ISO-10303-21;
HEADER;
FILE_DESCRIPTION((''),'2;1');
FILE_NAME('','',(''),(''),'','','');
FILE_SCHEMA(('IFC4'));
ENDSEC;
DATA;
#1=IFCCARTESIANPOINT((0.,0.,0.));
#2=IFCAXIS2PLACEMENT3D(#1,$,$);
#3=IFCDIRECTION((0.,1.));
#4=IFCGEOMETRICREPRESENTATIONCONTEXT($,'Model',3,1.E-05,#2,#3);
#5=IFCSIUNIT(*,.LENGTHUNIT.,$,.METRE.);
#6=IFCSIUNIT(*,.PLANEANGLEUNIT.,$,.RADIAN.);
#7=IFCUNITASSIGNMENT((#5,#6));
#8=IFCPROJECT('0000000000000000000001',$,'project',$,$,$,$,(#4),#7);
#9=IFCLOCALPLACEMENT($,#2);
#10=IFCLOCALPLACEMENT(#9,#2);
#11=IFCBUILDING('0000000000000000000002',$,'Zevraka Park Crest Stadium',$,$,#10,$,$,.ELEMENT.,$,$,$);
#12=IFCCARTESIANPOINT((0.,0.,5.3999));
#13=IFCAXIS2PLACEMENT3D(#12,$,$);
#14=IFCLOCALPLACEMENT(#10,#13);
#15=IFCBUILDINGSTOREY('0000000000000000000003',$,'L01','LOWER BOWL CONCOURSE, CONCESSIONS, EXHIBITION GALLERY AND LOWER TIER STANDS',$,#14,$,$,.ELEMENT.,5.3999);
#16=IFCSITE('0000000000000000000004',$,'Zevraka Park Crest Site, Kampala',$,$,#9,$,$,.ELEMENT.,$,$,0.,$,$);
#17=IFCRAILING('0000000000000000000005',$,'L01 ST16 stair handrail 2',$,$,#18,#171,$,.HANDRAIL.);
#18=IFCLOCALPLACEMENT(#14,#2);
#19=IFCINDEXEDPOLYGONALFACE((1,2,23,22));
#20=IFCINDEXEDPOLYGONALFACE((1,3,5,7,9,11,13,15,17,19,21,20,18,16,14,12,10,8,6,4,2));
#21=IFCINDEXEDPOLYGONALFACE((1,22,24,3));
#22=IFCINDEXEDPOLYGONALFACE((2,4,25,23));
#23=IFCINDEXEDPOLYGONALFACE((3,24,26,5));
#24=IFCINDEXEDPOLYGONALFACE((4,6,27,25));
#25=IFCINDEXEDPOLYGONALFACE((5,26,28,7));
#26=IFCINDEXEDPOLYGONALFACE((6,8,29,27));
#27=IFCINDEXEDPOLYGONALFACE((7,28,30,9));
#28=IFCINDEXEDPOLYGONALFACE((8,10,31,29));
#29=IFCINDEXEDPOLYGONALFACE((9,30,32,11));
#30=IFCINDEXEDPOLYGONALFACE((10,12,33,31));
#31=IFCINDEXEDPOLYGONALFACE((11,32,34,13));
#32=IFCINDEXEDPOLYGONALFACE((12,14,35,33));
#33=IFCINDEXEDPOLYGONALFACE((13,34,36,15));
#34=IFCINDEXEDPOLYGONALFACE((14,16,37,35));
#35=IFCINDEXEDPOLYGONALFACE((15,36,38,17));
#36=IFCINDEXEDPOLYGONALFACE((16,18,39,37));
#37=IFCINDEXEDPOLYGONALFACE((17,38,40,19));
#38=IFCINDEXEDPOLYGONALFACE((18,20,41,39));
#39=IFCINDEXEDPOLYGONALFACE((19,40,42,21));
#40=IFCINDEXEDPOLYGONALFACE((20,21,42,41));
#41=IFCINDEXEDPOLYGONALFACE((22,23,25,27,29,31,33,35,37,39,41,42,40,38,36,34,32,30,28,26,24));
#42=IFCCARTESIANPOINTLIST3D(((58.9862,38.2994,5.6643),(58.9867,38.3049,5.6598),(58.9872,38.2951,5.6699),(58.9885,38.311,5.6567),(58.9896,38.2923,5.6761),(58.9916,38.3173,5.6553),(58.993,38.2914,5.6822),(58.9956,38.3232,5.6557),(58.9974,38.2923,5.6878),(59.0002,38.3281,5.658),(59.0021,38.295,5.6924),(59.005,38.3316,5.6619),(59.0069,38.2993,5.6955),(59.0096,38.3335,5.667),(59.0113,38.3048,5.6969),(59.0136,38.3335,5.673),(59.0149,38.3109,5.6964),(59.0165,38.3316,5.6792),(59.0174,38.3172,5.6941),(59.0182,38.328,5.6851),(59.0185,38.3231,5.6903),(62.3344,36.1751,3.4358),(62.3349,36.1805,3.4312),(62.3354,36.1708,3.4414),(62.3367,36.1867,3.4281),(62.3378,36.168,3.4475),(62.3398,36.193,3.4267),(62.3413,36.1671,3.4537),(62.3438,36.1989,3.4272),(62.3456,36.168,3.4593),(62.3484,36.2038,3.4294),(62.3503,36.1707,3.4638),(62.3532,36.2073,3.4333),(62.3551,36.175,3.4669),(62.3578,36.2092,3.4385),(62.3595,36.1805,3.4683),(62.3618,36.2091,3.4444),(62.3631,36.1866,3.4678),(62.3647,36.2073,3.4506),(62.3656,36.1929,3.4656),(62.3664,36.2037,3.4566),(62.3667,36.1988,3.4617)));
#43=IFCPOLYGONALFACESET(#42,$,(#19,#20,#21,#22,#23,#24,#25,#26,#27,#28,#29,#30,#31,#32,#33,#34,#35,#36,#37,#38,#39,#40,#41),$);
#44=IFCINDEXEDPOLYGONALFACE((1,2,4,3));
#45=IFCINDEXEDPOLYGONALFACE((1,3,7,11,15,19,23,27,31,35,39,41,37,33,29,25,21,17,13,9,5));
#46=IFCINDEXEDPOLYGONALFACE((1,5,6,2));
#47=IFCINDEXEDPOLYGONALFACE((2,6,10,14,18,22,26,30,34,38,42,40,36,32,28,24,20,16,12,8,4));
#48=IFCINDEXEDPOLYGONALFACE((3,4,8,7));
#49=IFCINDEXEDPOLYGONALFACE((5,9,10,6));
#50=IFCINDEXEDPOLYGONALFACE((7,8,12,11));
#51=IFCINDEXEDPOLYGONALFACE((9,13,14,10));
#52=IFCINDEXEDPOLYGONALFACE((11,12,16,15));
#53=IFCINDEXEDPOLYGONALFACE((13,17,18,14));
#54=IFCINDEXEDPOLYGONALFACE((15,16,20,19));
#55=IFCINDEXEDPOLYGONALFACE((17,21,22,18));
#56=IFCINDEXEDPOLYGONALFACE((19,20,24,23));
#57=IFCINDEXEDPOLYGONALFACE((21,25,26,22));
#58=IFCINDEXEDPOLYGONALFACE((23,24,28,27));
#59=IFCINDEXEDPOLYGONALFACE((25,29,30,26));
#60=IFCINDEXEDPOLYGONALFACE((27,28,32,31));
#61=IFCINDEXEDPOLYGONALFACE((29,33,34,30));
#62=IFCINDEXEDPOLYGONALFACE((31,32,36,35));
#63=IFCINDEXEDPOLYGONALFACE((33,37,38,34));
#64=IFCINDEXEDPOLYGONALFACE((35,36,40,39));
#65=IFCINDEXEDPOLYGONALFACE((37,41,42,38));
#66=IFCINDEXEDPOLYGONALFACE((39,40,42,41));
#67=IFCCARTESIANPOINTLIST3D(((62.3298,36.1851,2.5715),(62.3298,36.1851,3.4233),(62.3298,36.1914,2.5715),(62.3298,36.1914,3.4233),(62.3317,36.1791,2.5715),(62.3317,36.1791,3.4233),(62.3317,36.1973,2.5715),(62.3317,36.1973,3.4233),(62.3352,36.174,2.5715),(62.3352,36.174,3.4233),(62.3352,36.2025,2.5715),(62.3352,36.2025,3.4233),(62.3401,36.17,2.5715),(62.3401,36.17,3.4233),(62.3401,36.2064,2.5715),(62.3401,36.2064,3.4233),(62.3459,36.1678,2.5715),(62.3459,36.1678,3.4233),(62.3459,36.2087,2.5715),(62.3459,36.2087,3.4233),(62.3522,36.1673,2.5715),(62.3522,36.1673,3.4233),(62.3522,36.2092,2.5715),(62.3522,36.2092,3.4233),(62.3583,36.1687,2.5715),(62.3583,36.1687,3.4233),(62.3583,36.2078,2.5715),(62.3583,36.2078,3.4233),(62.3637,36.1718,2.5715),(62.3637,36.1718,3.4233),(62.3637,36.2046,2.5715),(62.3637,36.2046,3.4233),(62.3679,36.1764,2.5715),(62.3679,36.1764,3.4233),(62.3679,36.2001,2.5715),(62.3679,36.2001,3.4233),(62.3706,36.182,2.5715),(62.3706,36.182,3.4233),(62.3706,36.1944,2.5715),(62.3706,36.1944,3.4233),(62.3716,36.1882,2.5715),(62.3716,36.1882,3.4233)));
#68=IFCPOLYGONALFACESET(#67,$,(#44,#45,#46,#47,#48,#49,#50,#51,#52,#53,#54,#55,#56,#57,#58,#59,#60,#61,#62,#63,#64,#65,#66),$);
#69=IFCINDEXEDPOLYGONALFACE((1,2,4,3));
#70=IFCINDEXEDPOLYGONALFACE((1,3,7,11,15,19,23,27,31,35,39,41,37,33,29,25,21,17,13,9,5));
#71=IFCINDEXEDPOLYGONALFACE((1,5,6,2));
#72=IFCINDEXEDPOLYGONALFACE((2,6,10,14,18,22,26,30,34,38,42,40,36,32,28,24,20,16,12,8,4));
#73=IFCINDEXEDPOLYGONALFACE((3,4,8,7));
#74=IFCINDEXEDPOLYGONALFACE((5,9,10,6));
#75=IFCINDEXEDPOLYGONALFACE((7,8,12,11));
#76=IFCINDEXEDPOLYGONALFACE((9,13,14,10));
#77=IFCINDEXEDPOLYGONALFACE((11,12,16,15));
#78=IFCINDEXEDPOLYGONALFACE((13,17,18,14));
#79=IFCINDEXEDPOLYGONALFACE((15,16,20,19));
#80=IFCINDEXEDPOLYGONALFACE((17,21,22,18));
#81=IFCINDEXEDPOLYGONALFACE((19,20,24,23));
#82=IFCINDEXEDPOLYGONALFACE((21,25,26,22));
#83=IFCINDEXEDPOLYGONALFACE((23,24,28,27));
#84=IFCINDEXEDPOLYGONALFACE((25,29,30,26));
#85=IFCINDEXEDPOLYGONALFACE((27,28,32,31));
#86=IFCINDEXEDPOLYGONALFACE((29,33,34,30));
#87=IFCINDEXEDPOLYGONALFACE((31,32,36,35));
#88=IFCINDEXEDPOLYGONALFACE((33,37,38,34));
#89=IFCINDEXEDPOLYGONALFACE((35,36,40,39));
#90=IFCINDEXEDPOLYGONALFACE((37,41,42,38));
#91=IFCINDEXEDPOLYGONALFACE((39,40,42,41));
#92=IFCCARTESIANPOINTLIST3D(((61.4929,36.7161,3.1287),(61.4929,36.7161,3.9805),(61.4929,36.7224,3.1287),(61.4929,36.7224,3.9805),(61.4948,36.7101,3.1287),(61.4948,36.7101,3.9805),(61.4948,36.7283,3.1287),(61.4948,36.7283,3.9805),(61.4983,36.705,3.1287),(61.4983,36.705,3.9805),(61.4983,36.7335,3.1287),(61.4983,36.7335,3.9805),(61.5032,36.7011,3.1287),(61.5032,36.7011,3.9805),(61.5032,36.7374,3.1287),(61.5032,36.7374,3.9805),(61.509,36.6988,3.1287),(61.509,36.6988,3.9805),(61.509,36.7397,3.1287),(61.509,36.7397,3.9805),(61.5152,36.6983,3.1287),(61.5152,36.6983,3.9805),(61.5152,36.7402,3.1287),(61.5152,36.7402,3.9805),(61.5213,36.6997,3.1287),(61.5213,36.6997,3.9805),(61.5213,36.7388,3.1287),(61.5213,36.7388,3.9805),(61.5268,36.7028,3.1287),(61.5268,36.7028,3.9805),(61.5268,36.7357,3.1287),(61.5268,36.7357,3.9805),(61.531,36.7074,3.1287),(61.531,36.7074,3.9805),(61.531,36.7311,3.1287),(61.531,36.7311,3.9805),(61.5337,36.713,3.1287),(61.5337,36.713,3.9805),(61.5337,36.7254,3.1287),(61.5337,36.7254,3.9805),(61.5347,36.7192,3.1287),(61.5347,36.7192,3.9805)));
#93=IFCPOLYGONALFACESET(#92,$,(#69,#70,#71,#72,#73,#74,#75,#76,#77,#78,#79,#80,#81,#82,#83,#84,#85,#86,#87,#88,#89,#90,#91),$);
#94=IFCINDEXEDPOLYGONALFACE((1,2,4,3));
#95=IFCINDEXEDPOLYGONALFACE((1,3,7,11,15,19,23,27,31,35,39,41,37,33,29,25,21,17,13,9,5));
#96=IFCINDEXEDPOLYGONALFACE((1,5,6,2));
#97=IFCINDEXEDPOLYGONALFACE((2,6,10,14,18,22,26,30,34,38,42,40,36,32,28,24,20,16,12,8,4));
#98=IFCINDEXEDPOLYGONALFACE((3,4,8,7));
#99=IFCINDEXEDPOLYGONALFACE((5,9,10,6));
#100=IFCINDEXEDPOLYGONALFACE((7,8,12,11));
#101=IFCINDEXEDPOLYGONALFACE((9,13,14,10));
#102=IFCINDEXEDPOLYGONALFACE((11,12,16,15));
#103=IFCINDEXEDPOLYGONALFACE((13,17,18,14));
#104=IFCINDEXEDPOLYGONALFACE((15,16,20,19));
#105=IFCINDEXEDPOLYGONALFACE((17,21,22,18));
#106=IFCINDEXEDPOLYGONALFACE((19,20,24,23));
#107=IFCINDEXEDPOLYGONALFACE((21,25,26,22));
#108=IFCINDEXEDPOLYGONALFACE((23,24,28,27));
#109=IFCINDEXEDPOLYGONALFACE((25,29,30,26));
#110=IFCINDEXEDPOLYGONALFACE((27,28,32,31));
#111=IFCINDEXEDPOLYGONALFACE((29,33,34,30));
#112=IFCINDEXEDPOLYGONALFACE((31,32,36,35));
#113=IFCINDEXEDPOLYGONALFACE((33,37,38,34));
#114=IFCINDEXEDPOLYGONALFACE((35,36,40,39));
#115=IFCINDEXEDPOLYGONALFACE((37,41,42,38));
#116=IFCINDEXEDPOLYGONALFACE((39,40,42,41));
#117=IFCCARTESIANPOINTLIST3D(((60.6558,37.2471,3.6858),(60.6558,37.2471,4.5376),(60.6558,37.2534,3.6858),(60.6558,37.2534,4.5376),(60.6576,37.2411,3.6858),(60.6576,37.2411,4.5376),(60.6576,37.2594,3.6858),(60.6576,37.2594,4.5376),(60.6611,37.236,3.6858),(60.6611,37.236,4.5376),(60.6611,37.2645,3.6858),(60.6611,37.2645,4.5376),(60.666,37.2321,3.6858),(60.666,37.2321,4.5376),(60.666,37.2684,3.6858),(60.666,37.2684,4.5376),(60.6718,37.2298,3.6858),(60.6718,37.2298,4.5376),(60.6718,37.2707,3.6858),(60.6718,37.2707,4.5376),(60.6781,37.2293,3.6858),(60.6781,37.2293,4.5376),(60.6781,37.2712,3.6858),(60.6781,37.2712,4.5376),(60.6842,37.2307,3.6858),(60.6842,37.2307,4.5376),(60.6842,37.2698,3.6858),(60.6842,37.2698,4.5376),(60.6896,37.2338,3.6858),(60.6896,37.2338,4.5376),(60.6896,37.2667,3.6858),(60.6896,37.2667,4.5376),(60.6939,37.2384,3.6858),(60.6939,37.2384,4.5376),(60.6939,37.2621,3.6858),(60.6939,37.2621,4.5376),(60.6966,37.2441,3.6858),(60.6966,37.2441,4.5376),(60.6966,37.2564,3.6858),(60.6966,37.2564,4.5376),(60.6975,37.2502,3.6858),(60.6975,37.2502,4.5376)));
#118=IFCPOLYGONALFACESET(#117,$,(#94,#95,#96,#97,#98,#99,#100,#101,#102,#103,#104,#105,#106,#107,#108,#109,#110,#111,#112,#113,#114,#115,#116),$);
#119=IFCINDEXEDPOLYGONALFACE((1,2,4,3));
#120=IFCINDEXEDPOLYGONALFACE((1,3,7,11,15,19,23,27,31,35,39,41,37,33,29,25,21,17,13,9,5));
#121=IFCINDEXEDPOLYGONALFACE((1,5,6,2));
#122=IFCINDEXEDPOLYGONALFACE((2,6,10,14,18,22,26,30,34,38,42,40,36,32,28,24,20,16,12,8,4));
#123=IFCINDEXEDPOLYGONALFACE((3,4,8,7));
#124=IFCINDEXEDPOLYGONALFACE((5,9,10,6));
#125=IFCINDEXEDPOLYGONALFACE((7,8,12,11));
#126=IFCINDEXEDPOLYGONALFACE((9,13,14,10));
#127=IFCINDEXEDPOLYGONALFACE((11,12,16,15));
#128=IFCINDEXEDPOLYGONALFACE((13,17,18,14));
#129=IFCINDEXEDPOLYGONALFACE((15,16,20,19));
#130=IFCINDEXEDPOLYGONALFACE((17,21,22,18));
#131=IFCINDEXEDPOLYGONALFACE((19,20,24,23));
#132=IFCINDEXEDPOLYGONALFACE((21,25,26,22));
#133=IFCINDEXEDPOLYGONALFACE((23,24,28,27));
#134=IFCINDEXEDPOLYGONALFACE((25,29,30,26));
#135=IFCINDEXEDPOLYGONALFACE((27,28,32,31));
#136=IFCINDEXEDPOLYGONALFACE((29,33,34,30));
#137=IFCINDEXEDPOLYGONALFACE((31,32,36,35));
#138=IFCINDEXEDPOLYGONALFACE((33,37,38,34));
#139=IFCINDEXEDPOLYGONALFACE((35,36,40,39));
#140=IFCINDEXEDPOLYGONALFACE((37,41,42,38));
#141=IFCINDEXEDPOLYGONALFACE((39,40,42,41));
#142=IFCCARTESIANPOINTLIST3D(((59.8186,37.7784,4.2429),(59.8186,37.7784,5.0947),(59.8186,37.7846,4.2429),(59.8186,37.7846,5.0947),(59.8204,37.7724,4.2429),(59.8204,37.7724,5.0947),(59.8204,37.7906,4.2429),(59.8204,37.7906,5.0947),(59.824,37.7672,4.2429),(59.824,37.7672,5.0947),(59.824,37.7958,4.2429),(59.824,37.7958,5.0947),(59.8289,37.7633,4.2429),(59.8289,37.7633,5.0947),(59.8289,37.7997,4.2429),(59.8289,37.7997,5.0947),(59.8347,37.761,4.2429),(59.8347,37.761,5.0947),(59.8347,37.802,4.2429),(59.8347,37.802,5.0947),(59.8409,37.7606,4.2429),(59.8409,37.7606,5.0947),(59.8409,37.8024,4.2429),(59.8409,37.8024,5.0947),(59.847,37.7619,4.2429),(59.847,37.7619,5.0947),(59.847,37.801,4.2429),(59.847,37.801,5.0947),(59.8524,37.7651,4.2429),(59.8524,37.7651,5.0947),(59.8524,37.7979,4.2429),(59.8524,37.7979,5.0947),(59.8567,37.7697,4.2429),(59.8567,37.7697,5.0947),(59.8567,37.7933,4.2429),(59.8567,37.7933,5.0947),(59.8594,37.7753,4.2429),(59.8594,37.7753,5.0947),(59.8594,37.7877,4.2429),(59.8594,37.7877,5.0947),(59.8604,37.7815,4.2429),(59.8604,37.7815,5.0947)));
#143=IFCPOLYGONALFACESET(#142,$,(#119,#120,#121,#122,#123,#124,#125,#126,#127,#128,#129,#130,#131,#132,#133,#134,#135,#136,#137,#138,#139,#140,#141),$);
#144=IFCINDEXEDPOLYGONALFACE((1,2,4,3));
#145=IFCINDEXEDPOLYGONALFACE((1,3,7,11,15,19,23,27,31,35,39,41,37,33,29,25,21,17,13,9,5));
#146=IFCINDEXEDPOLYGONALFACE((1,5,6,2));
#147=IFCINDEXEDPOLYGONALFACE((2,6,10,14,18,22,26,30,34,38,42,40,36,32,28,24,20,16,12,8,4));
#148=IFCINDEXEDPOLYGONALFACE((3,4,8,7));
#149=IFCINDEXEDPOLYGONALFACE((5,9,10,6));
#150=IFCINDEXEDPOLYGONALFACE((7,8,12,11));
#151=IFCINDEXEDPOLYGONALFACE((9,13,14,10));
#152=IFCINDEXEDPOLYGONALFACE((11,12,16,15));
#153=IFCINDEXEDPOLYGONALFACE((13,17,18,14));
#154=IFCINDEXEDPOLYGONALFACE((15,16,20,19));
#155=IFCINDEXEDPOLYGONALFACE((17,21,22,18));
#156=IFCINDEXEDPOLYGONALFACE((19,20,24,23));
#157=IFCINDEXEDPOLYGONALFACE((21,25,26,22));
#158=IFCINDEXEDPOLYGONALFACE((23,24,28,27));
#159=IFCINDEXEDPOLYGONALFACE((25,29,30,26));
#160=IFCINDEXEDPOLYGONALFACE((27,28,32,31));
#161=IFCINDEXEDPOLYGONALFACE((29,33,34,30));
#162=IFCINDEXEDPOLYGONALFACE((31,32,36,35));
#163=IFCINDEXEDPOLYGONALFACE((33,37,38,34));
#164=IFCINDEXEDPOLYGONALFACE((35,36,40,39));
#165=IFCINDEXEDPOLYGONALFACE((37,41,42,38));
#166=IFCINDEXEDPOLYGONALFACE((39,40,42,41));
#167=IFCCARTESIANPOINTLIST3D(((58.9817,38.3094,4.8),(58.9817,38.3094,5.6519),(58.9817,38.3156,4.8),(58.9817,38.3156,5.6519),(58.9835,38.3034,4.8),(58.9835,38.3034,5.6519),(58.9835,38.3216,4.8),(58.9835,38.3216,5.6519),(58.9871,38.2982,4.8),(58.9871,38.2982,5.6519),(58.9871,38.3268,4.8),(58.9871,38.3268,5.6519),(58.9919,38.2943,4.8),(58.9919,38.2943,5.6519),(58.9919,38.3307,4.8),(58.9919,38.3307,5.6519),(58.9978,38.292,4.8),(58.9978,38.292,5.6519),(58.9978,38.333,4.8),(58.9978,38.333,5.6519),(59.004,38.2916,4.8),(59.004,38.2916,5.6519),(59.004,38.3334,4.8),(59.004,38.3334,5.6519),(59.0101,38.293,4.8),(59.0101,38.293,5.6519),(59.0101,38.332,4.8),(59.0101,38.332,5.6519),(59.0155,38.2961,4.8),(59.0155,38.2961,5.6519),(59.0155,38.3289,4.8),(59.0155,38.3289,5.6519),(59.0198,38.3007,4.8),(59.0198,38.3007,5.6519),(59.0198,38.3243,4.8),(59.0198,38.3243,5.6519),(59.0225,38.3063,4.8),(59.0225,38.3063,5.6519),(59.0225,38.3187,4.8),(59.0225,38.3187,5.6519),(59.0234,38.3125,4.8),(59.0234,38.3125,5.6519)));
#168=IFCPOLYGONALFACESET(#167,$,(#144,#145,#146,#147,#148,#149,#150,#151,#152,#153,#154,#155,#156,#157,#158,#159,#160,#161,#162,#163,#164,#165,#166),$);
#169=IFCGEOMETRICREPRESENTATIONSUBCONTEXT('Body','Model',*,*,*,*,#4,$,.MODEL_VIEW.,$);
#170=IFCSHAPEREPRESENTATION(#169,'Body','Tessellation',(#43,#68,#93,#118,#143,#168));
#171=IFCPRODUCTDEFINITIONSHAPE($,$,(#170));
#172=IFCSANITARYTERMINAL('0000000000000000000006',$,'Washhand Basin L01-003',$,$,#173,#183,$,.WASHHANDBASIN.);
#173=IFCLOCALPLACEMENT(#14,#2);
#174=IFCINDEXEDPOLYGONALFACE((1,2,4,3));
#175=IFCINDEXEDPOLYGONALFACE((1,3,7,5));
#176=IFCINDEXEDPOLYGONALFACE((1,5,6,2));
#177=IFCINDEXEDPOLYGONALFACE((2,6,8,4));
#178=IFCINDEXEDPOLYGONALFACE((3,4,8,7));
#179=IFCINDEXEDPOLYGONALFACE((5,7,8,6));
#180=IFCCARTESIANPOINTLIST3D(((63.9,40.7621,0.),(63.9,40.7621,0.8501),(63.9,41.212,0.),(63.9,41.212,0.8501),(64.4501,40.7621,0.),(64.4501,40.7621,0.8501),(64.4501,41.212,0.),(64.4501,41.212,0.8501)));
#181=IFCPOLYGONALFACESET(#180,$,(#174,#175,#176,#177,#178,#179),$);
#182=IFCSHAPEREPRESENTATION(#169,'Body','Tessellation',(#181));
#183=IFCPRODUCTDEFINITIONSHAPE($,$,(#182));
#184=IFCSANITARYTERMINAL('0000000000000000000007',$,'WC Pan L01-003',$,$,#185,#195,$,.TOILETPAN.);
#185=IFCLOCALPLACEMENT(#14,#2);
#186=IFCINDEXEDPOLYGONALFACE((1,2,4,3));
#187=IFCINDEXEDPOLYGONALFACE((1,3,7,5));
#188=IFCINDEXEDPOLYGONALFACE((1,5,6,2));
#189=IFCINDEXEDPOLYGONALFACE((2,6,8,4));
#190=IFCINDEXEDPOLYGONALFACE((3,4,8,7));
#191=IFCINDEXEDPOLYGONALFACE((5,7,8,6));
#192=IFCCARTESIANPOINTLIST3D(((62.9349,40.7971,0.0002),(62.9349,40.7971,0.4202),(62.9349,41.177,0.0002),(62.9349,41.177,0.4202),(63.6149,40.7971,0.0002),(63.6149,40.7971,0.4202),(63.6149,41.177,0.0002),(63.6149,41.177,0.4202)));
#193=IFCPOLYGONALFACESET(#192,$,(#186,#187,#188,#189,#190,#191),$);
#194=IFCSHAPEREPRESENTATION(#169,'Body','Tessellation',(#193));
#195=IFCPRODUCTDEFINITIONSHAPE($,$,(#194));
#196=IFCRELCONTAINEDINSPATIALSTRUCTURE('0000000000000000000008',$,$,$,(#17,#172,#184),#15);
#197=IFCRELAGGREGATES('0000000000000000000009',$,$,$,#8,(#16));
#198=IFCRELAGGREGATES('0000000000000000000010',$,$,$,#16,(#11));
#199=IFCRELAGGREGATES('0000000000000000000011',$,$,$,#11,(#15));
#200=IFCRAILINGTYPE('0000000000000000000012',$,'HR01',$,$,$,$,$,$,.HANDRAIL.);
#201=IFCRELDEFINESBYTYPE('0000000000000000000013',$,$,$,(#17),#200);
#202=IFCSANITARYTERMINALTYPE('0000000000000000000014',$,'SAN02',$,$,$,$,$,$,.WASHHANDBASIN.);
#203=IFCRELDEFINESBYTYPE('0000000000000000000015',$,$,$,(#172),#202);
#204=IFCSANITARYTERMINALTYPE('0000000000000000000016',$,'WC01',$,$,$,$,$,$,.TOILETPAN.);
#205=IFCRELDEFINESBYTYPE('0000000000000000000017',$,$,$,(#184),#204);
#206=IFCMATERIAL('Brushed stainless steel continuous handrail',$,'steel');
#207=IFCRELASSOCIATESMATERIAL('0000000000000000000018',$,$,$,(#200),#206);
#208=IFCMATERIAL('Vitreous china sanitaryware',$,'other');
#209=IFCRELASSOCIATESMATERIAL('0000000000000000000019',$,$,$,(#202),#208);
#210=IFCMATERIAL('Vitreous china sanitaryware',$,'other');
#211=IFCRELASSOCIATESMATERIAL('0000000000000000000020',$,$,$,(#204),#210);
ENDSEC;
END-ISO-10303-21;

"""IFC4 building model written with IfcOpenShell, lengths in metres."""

from ifc_helpers import new_model, si_unit, direction, frame, origin, origin_2d, place, context, subcontext, project, spatial, rectangle, circle, extrude, material, type_object, element, save


model = new_model("IFC4")

# Units and contexts
model_context = context("Model", 3, precision=1e-05, world=origin(), true_north=direction((0.0, 1.0)))
body_context = subcontext(model_context, "Body", "Model", "MODEL_VIEW")
ifc_project = project(units=[si_unit("LENGTHUNIT", "METRE"), si_unit("PLANEANGLEUNIT", "RADIAN")], contexts=[model_context])

# Site, building, storey
site_placement = place(None, origin())
site = spatial("IfcSite", under=ifc_project, at=site_placement, Name="Zevraka Park Crest Site, Kampala", CompositionType="ELEMENT", RefElevation=0.0)
building_placement = place(site_placement, origin())
building = spatial("IfcBuilding", under=site, at=building_placement, Name="Zevraka Park Crest Stadium", CompositionType="ELEMENT")
storey_placement = place(building_placement, frame((0.0, 0.0, 5.3999)))
storey = spatial("IfcBuildingStorey", under=building, at=storey_placement, Name="L01", Description="LOWER BOWL CONCOURSE, CONCESSIONS, EXHIBITION GALLERY AND LOWER TIER STANDS", CompositionType="ELEMENT", Elevation=5.3999)

# Railing
ifc_material_1 = material(Name="Brushed stainless steel continuous handrail", Category="steel")
railing_type_1 = type_object("IfcRailingType", Name="HR01", PredefinedType="HANDRAIL", material=ifc_material_1)
railing_1_placement = place(storey_placement, frame((62.3506, 36.1882, 2.5715)))
element("IfcRailing", 1, at=railing_1_placement, inside=storey, type_object=railing_type_1, Name="L01 ST16 stair handrail 2", PredefinedType="HANDRAIL", context=body_context, shape_type="SweptSolid", body=[
    extrude(circle(Radius=0.0239, at=origin_2d()), frame((0.0, 0.0, 0.876), z_axis=(-0.736098, 0.467026, 0.489945), x_axis=(-0.535732, -0.844388, 0.0)), (0.0, 0.0, 1.0), 4.5486),
    extrude(circle(Radius=0.021, at=origin_2d()), origin(), (0.0, 0.0, 1.0), 0.8518),
    extrude(circle(Radius=0.021, at=origin_2d()), frame((-0.8369, 0.531, 0.5571)), (0.0, 0.0, 1.0), 0.8518),
    extrude(circle(Radius=0.021, at=origin_2d()), frame((-1.6741, 1.062, 1.1143)), (0.0, 0.0, 1.0), 0.8518),
    extrude(circle(Radius=0.021, at=origin_2d()), frame((-2.5112, 1.5933, 1.6714)), (0.0, 0.0, 1.0), 0.8518),
    extrude(circle(Radius=0.021, at=origin_2d()), frame((-3.3481, 2.1243, 2.2285)), (0.0, 0.0, 1.0), 0.8518),
])

# Sanitary terminals
ifc_material_2 = material(Name="Vitreous china sanitaryware", Category="other")
sanitary_terminal_type_1 = type_object("IfcSanitaryTerminalType", Name="SAN02", PredefinedType="WASHHANDBASIN", material=ifc_material_2)
sanitary_terminal_1_placement = place(storey_placement, frame((64.175, 40.9871, 0.0), z_axis=(0.0, 0.0, 1.0), x_axis=(1.0, 0.0, 0.0)))
element("IfcSanitaryTerminal", 2, at=sanitary_terminal_1_placement, inside=storey, type_object=sanitary_terminal_type_1, Name="Washhand Basin L01-003", PredefinedType="WASHHANDBASIN", context=body_context, shape_type="SweptSolid", body=[
    extrude(rectangle(XDim=0.55, YDim=0.45, at=origin_2d()), origin(), (0.0, 0.0, 1.0), 0.8501),
])
ifc_material_3 = material(Name="Vitreous china sanitaryware", Category="other")
sanitary_terminal_type_2 = type_object("IfcSanitaryTerminalType", Name="WC01", PredefinedType="TOILETPAN", material=ifc_material_3)
sanitary_terminal_2_placement = place(storey_placement, frame((63.2749, 40.9871, 0.0002), z_axis=(0.0, 0.0, 1.0), x_axis=(1.0, 0.0, 0.0)))
element("IfcSanitaryTerminal", 3, at=sanitary_terminal_2_placement, inside=storey, type_object=sanitary_terminal_type_2, Name="WC Pan L01-003", PredefinedType="TOILETPAN", context=body_context, shape_type="SweptSolid", body=[
    extrude(rectangle(XDim=0.6799, YDim=0.3799, at=origin_2d()), origin(), (0.0, 0.0, 1.0), 0.4199),
])

save(model, "model.ifc")
